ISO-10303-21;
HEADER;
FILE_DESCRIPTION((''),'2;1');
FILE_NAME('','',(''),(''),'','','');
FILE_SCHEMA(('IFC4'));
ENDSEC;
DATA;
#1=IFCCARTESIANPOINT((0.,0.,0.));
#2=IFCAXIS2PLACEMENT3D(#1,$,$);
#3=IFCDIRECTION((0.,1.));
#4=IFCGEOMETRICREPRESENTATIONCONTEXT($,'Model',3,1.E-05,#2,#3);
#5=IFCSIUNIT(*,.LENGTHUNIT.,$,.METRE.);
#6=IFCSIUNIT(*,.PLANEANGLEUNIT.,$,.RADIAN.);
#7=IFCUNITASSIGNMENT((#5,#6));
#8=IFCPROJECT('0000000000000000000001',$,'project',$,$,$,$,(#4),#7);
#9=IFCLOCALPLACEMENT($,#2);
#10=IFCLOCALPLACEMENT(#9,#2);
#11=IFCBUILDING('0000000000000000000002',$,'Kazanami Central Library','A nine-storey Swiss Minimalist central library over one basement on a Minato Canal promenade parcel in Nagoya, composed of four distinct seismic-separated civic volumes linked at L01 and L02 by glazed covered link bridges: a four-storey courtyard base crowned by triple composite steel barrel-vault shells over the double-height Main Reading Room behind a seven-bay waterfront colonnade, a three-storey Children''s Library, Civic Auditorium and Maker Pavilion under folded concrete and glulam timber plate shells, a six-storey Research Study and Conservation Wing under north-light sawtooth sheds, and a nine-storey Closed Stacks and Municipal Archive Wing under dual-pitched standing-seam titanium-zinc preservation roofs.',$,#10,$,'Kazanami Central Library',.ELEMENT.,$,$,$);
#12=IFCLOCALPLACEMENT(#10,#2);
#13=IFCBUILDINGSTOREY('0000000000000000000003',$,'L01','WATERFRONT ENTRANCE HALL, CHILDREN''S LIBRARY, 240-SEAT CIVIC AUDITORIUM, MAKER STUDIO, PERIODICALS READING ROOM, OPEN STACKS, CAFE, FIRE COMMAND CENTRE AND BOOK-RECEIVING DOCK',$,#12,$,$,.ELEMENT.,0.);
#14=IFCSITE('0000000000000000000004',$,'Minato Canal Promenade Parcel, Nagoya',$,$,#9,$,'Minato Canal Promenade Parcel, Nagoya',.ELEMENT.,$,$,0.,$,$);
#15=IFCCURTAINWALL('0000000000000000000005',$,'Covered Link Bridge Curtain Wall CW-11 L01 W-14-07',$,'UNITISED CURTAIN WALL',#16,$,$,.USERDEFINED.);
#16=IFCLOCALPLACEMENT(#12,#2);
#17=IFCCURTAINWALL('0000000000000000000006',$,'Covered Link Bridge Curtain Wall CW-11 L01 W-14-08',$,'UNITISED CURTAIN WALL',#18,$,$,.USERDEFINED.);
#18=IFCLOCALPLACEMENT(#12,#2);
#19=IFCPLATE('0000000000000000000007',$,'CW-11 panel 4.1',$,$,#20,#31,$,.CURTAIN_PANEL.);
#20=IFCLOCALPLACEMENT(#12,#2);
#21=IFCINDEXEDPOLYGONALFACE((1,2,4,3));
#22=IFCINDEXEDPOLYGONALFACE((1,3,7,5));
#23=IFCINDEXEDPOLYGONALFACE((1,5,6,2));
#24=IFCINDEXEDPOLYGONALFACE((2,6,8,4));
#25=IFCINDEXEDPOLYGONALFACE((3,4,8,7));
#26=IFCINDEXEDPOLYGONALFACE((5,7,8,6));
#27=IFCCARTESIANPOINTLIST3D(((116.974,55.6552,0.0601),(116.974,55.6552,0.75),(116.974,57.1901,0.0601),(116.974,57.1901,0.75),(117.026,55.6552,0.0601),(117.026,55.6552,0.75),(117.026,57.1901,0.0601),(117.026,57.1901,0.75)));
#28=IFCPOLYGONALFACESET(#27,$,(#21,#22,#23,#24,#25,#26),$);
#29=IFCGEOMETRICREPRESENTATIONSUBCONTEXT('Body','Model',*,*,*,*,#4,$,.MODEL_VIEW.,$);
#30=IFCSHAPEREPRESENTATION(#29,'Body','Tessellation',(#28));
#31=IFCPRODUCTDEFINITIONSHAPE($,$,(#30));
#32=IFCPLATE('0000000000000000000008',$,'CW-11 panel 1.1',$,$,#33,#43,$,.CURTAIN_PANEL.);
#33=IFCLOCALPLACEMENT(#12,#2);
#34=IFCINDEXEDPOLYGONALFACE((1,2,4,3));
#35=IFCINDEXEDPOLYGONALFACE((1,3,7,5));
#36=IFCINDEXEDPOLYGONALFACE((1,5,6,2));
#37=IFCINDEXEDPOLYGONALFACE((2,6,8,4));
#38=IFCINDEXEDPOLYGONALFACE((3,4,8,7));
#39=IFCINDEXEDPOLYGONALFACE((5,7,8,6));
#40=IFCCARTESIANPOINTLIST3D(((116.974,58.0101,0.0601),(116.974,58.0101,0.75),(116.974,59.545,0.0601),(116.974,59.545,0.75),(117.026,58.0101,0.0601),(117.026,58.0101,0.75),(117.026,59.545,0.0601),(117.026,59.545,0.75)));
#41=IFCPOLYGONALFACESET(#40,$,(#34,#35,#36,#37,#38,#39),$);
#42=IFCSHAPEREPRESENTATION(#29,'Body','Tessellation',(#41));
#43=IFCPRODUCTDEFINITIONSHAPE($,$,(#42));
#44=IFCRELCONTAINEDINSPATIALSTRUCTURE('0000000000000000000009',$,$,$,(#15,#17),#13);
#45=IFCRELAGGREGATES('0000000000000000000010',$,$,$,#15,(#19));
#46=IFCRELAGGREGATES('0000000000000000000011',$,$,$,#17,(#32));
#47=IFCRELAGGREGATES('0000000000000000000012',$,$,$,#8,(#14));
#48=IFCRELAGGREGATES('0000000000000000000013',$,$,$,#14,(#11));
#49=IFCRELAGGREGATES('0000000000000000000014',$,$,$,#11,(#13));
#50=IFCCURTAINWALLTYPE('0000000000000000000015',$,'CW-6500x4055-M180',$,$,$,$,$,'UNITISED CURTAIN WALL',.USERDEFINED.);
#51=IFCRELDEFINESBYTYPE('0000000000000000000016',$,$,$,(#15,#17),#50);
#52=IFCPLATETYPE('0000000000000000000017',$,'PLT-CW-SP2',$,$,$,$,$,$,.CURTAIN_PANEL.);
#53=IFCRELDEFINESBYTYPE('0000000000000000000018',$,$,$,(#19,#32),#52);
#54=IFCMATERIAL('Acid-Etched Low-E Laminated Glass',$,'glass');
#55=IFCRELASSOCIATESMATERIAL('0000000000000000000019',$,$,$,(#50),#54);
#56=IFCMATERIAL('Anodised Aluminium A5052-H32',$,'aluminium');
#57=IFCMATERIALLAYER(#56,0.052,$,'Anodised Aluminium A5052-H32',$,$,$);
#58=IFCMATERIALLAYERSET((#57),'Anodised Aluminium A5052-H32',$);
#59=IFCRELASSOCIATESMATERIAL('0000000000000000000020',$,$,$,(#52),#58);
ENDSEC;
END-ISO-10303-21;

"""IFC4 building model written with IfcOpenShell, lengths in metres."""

from ifc_helpers import new_model, si_unit, direction, frame, origin, origin_2d, place, context, subcontext, project, spatial, rectangle, extrude, material, layer, layer_set, type_object, element, aggregate, save


model = new_model("IFC4")

# Units and contexts
model_context = context("Model", 3, precision=1e-05, world=origin(), true_north=direction((0.0, 1.0)))
body_context = subcontext(model_context, "Body", "Model", "MODEL_VIEW")
ifc_project = project(units=[si_unit("LENGTHUNIT", "METRE"), si_unit("PLANEANGLEUNIT", "RADIAN")], contexts=[model_context])

# Site, building, storey
site_placement = place(None, origin())
site = spatial("IfcSite", under=ifc_project, at=site_placement, Name="Minato Canal Promenade Parcel, Nagoya", LongName="Minato Canal Promenade Parcel, Nagoya", CompositionType="ELEMENT", RefElevation=0.0)
building_placement = place(site_placement, origin())
building = spatial("IfcBuilding", under=site, at=building_placement, Name="Kazanami Central Library", Description="A nine-storey Swiss Minimalist central library over one basement on a Minato Canal promenade parcel in Nagoya, composed of four distinct seismic-separated civic volumes linked at L01 and L02 by glazed covered link bridges: a four-storey courtyard base crowned by triple composite steel barrel-vault shells over the double-height Main Reading Room behind a seven-bay waterfront colonnade, a three-storey Children's Library, Civic Auditorium and Maker Pavilion under folded concrete and glulam timber plate shells, a six-storey Research Study and Conservation Wing under north-light sawtooth sheds, and a nine-storey Closed Stacks and Municipal Archive Wing under dual-pitched standing-seam titanium-zinc preservation roofs.", LongName="Kazanami Central Library", CompositionType="ELEMENT")
storey_placement = place(building_placement, origin())
storey = spatial("IfcBuildingStorey", under=building, at=storey_placement, Name="L01", Description="WATERFRONT ENTRANCE HALL, CHILDREN'S LIBRARY, 240-SEAT CIVIC AUDITORIUM, MAKER STUDIO, PERIODICALS READING ROOM, OPEN STACKS, CAFE, FIRE COMMAND CENTRE AND BOOK-RECEIVING DOCK", CompositionType="ELEMENT", Elevation=0.0)

# Shared definitions
ifc_material_1 = material(Name="Acid-Etched Low-E Laminated Glass", Category="glass")

# Curtain wall
curtain_wall_type_1 = type_object("IfcCurtainWallType", Name="CW-6500x4055-M180", ElementType="UNITISED CURTAIN WALL", PredefinedType="USERDEFINED", material=ifc_material_1)
curtain_wall_1_placement = place(storey_placement, origin())
curtain_wall_1 = element("IfcCurtainWall", 1, at=curtain_wall_1_placement, inside=storey, type_object=curtain_wall_type_1, Name="Covered Link Bridge Curtain Wall CW-11 L01 W-14-07", ObjectType="UNITISED CURTAIN WALL", PredefinedType="USERDEFINED")

# Curtain wall
curtain_wall_2_placement = place(storey_placement, origin())
curtain_wall_2 = element("IfcCurtainWall", 2, at=curtain_wall_2_placement, inside=storey, type_object=curtain_wall_type_1, Name="Covered Link Bridge Curtain Wall CW-11 L01 W-14-08", ObjectType="UNITISED CURTAIN WALL", PredefinedType="USERDEFINED")

# Plates
ifc_material_2 = material(Name="Anodised Aluminium A5052-H32", Category="aluminium")
ifc_layer_1 = layer(ifc_material_2, 0.052, Name="Anodised Aluminium A5052-H32")
ifc_layer_set_1 = layer_set([ifc_layer_1], Name="Anodised Aluminium A5052-H32")
plate_type_1 = type_object("IfcPlateType", Name="PLT-CW-SP2", PredefinedType="CURTAIN_PANEL", material=ifc_layer_set_1)
plate_1_placement = place(storey_placement, frame((117.0, 56.4226, 0.0601), z_axis=(0.0, 0.0, 1.0), x_axis=(0.0, 1.0, 0.0)))
plate_1 = element("IfcPlate", 3, at=plate_1_placement, type_object=plate_type_1, Name="CW-11 panel 4.1", PredefinedType="CURTAIN_PANEL", context=body_context, shape_type="SweptSolid", body=[
    extrude(rectangle(XDim=1.5349, YDim=0.052, at=origin_2d()), origin(), (0.0, 0.0, 1.0), 0.6899),
])
aggregate(curtain_wall_1, [plate_1])
plate_2_placement = place(storey_placement, frame((117.0, 58.7776, 0.0601), z_axis=(0.0, 0.0, 1.0), x_axis=(0.0, 1.0, 0.0)))
plate_2 = element("IfcPlate", 4, at=plate_2_placement, type_object=plate_type_1, Name="CW-11 panel 1.1", PredefinedType="CURTAIN_PANEL", context=body_context, shape_type="SweptSolid", body=[
    extrude(rectangle(XDim=1.5349, YDim=0.052, at=origin_2d()), origin(), (0.0, 0.0, 1.0), 0.6899),
])
aggregate(curtain_wall_2, [plate_2])

save(model, "model.ifc")
